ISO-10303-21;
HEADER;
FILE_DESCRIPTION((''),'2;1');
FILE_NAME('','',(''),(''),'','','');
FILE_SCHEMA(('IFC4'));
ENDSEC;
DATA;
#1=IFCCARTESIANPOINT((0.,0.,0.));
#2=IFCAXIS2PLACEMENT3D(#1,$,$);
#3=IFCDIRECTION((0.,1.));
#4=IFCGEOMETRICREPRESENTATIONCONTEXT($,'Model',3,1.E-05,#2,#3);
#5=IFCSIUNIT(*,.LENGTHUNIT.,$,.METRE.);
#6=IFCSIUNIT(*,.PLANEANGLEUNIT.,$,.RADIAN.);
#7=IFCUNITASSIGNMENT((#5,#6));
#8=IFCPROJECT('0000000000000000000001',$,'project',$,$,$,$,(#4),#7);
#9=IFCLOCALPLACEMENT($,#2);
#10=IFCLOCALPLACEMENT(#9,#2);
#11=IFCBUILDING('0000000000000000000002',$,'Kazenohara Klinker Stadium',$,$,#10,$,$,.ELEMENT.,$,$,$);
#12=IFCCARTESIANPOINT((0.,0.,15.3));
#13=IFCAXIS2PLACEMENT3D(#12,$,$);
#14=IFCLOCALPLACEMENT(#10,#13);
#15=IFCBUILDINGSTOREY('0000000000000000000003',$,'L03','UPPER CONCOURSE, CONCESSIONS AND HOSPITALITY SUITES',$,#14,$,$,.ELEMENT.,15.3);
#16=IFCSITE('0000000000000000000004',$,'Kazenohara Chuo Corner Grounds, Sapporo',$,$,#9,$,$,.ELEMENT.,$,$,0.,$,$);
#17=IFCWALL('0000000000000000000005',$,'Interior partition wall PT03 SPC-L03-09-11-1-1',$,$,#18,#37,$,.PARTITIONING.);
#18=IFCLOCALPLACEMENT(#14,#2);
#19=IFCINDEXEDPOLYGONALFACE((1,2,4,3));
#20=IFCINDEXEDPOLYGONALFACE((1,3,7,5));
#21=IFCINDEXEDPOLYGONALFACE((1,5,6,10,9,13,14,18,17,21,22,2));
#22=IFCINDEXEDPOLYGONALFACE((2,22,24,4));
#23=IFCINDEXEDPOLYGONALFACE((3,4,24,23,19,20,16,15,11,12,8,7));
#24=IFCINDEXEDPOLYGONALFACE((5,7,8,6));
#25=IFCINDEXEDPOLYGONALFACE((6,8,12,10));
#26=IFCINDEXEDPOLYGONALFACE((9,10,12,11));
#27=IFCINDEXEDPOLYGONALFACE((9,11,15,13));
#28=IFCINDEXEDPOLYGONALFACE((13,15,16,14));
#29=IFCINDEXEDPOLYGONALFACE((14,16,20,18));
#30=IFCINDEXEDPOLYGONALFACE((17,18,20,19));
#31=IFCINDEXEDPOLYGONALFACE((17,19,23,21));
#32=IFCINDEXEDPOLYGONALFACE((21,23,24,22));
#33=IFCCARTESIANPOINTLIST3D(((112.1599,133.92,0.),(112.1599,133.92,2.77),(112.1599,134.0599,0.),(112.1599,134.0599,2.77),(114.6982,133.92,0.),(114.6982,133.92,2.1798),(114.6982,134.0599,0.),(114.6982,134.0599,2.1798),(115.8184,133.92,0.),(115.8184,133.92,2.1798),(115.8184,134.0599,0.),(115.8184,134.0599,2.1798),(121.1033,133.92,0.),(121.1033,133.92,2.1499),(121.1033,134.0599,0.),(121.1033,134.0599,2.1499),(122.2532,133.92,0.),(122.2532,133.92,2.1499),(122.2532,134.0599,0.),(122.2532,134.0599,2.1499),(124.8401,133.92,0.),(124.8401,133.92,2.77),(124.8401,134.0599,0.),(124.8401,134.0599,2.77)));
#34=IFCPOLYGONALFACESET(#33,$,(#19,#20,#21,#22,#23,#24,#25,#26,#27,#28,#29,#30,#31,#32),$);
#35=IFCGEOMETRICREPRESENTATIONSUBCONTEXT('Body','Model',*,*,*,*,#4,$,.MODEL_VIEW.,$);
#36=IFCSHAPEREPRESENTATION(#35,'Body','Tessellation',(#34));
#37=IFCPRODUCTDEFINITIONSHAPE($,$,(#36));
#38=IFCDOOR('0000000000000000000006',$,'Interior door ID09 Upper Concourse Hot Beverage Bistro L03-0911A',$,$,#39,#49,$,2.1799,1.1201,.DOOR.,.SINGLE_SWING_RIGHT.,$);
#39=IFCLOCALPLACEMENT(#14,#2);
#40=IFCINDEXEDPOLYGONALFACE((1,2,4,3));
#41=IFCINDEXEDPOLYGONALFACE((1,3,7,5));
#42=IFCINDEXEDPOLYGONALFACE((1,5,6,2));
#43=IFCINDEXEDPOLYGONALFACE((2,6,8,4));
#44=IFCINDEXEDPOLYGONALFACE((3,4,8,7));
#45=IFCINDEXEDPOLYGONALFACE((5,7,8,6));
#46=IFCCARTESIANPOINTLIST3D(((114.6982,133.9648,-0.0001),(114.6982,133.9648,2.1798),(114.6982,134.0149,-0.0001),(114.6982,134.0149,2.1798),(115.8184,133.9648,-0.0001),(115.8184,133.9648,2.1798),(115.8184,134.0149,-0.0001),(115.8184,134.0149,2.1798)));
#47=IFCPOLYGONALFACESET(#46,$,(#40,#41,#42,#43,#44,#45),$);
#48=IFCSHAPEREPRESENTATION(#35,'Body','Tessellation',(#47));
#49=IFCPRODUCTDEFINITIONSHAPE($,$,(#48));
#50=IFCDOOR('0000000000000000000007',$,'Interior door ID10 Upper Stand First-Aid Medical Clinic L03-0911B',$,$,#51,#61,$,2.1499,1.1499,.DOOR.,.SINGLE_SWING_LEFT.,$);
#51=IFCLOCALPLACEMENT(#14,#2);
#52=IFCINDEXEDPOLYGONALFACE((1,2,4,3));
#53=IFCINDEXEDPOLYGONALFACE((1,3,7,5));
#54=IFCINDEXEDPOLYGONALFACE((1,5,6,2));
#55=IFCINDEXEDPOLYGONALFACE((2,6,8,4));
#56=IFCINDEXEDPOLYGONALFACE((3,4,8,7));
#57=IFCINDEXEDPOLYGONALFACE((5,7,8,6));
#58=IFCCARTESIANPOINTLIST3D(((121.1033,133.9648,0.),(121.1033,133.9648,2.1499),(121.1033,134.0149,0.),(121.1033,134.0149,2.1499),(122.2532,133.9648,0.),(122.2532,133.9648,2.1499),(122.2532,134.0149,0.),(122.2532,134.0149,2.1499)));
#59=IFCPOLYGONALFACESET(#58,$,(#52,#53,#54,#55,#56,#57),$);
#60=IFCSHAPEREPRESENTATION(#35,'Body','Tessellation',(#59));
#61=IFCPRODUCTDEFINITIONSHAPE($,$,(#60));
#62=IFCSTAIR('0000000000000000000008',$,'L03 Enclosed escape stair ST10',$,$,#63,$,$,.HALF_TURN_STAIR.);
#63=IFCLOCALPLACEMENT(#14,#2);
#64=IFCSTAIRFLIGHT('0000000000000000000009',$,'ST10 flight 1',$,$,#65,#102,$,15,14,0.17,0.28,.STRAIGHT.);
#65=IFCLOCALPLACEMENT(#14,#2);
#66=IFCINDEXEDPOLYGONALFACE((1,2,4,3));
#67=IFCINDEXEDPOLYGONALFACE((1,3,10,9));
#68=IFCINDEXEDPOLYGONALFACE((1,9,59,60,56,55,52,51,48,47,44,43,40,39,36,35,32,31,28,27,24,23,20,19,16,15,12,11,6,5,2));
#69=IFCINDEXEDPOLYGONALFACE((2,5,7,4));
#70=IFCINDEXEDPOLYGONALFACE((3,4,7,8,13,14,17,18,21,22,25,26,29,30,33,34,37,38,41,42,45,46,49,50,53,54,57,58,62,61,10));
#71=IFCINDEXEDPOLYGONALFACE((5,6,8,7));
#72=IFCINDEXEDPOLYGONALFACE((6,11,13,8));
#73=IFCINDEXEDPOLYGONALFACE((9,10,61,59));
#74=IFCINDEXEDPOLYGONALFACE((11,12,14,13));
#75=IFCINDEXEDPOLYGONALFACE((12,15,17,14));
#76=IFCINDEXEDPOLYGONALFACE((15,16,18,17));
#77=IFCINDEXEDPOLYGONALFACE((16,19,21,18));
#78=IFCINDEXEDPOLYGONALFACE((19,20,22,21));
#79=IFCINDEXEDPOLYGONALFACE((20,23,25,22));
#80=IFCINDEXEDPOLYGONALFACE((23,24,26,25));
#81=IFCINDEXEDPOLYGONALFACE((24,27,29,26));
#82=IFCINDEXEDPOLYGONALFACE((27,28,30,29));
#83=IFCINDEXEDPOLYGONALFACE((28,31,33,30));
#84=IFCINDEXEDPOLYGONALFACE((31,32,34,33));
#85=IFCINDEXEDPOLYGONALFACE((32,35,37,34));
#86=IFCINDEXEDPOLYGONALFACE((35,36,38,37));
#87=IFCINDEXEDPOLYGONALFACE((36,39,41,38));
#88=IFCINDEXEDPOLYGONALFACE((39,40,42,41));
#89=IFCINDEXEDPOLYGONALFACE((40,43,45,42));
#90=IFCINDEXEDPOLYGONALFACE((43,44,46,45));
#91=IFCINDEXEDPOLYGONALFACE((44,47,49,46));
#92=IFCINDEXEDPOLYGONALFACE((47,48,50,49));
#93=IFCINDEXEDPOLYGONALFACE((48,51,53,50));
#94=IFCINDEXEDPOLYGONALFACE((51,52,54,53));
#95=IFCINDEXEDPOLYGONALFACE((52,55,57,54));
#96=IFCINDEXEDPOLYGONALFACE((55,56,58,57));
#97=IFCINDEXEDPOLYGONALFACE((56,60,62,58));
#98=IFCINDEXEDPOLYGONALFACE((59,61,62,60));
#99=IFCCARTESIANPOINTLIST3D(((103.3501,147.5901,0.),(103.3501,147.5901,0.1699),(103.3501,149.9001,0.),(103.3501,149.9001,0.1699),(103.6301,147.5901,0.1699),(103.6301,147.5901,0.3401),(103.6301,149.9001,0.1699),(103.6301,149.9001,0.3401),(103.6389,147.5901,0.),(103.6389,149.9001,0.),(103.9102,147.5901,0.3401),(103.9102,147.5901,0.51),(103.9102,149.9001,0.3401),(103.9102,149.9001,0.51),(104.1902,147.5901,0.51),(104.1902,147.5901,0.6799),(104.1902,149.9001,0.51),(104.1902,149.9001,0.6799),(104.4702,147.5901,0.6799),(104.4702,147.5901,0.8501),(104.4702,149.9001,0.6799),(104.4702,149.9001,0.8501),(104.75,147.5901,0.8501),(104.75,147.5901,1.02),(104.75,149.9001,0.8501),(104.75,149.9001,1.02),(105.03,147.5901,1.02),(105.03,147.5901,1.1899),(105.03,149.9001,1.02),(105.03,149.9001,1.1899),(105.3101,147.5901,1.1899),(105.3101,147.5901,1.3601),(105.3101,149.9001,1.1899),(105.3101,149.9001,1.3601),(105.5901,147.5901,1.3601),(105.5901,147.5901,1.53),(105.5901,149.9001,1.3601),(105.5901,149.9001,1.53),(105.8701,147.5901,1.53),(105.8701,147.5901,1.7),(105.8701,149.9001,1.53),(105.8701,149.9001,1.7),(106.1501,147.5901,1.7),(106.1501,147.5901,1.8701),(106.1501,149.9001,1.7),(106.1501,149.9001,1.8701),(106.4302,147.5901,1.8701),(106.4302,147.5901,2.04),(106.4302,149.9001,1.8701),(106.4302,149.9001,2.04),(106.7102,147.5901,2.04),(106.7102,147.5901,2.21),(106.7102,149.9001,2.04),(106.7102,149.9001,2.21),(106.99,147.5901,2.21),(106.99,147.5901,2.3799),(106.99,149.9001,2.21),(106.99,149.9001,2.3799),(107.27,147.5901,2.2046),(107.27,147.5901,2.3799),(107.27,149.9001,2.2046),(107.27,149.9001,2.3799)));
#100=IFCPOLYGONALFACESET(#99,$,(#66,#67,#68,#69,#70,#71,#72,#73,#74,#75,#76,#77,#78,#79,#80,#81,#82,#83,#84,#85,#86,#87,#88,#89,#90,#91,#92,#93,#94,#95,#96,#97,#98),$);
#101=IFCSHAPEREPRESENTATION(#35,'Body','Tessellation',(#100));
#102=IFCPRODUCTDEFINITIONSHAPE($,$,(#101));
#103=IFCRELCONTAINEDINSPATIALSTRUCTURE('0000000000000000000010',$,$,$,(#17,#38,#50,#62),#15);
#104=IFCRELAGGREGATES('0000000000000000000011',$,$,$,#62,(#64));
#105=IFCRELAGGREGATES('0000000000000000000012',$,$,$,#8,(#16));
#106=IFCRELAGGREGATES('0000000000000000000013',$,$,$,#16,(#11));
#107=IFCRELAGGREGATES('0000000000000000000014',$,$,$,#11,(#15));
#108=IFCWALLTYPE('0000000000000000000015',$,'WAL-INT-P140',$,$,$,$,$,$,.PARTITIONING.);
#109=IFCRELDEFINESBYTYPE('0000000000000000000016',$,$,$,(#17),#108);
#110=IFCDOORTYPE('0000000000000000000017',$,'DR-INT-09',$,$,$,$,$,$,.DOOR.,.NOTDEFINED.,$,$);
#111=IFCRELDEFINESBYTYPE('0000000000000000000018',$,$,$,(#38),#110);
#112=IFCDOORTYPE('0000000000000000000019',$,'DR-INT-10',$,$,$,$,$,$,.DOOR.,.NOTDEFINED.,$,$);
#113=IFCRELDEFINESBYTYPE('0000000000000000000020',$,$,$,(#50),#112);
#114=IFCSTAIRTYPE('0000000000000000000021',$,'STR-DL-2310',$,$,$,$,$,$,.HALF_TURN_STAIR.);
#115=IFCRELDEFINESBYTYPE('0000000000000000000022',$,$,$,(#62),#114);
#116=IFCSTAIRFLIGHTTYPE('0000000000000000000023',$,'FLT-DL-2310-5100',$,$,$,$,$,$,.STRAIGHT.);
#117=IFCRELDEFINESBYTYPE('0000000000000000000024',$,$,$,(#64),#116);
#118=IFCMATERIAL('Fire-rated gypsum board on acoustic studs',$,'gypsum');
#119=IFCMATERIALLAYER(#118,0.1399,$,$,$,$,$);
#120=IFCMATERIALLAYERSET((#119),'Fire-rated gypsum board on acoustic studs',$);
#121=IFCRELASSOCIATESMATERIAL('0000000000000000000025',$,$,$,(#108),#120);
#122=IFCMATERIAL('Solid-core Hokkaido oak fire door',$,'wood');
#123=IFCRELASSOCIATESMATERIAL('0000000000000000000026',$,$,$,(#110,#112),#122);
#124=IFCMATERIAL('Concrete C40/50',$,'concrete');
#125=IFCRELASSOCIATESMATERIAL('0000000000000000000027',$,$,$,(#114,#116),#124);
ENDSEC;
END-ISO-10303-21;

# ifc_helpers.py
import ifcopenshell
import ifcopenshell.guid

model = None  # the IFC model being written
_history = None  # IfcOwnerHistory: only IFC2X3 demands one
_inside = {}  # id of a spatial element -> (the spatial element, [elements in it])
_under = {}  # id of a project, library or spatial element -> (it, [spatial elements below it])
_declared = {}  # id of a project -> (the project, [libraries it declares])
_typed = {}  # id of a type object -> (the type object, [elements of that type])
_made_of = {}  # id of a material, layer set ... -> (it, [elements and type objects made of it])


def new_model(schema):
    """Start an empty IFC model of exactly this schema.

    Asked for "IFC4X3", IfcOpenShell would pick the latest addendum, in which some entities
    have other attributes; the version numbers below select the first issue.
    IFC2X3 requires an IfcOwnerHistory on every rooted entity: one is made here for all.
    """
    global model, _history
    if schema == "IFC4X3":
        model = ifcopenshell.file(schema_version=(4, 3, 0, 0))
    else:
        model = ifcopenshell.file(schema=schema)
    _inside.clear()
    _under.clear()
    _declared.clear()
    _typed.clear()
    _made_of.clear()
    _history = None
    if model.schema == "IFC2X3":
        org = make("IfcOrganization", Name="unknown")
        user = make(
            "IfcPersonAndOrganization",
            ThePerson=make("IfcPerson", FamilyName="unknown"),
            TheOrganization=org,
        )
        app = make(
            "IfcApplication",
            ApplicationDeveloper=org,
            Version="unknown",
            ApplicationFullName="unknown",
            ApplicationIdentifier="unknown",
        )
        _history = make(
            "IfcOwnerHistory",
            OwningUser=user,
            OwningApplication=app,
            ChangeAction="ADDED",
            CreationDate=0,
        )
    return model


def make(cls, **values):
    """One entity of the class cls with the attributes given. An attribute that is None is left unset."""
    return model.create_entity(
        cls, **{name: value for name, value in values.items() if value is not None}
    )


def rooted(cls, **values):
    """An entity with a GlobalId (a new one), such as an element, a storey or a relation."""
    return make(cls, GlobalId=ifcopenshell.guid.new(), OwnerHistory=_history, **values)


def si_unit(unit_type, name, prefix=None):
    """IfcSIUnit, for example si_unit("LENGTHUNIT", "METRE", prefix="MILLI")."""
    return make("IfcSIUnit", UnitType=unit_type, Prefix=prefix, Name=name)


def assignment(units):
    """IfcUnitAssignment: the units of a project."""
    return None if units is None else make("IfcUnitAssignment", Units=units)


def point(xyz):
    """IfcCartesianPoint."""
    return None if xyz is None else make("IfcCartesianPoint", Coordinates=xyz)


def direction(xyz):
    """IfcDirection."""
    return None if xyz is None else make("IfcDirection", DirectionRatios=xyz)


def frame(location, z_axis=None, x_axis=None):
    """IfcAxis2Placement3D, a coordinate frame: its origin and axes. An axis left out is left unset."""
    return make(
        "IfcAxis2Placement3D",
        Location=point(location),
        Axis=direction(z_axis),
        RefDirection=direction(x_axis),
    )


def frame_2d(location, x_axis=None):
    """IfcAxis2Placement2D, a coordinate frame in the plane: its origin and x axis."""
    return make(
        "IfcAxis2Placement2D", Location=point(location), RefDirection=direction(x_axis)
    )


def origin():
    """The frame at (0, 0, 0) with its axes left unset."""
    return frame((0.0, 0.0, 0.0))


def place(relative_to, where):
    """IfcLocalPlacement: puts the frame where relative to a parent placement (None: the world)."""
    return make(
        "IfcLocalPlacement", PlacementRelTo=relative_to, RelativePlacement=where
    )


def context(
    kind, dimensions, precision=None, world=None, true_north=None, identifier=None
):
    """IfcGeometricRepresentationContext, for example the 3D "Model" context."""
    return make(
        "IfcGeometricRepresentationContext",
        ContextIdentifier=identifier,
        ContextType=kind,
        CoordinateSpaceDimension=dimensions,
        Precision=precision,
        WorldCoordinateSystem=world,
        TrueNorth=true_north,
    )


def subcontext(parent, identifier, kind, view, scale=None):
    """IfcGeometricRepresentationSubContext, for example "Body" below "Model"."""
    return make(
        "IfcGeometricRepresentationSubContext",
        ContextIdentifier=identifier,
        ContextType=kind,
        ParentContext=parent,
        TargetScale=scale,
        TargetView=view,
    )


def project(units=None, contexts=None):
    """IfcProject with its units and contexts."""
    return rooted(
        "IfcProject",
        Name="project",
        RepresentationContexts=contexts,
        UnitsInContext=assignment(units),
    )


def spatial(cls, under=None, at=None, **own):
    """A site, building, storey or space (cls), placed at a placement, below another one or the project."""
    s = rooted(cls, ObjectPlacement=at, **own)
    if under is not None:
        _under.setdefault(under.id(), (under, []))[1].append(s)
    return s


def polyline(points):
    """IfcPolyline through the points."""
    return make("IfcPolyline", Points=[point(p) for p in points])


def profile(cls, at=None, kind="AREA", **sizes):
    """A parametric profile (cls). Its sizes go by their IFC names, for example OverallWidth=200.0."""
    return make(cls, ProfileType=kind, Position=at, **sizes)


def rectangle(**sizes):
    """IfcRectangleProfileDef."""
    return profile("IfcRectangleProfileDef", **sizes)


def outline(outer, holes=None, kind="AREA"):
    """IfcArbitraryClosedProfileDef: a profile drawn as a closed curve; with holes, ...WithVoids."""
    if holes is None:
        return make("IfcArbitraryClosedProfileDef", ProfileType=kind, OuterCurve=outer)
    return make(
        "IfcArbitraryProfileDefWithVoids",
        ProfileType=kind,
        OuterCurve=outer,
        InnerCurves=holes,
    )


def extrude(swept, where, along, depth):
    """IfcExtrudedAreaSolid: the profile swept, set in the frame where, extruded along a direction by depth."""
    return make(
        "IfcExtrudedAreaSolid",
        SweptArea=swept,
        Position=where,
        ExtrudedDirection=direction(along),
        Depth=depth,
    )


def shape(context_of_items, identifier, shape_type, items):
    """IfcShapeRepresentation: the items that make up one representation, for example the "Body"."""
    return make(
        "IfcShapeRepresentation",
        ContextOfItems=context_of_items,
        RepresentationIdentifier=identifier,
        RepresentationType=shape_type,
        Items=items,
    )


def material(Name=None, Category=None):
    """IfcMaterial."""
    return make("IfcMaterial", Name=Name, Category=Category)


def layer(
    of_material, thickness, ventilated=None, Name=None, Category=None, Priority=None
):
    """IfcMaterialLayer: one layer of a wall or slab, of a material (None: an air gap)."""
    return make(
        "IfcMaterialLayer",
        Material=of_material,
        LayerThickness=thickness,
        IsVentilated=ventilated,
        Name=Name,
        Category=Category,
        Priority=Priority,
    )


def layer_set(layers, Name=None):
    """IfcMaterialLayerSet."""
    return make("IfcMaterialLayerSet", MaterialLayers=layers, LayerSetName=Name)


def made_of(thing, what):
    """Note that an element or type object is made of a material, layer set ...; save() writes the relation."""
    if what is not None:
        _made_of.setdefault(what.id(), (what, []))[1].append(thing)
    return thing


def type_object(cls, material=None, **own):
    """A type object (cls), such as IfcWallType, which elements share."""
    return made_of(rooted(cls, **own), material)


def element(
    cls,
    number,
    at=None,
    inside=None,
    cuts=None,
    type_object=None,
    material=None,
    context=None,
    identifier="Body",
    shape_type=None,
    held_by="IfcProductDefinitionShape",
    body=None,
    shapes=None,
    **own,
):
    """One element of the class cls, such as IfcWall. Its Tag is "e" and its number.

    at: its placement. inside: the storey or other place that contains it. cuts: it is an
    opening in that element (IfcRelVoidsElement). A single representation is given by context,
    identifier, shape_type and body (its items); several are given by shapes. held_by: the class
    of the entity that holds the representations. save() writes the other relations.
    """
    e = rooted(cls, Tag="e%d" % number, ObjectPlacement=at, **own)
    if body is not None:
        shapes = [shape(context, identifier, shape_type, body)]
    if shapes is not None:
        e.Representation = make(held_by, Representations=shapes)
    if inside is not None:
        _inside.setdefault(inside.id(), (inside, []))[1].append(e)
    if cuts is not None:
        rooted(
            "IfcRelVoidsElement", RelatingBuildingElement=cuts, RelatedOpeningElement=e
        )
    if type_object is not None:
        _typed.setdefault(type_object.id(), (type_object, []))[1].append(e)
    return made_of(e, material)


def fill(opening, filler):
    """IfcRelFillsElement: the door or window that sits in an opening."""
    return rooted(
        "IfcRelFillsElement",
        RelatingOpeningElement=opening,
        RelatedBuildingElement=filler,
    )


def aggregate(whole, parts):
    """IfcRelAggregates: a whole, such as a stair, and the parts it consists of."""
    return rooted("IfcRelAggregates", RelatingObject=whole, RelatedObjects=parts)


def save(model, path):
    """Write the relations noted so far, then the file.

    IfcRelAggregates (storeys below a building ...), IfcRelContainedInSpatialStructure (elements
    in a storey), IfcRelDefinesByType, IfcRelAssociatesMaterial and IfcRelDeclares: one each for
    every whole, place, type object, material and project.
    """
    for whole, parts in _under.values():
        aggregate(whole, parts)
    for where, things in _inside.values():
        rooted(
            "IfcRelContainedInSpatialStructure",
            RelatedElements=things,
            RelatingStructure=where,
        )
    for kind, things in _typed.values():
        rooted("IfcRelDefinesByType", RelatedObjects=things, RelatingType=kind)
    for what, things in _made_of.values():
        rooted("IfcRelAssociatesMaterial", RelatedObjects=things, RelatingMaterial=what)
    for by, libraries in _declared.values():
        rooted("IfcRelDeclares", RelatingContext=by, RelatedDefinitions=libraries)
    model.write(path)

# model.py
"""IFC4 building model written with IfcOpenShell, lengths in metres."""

from ifc_helpers import new_model, si_unit, direction, frame, frame_2d, origin, place, context, subcontext, project, spatial, polyline, rectangle, outline, extrude, material, layer, layer_set, type_object, element, fill, aggregate, save


model = new_model("IFC4")

# Units and contexts
model_context = context("Model", 3, precision=1e-05, world=origin(), true_north=direction((0.0, 1.0)))
body_context = subcontext(model_context, "Body", "Model", "MODEL_VIEW")
ifc_project = project(units=[si_unit("LENGTHUNIT", "METRE"), si_unit("PLANEANGLEUNIT", "RADIAN")], contexts=[model_context])

# Site, building, storey
site_placement = place(None, origin())
site = spatial("IfcSite", under=ifc_project, at=site_placement, Name="Kazenohara Chuo Corner Grounds, Sapporo", CompositionType="ELEMENT", RefElevation=0.0)
building_placement = place(site_placement, origin())
building = spatial("IfcBuilding", under=site, at=building_placement, Name="Kazenohara Klinker Stadium", CompositionType="ELEMENT")
storey_placement = place(building_placement, frame((0.0, 0.0, 15.3)))
storey = spatial("IfcBuildingStorey", under=building, at=storey_placement, Name="L03", Description="UPPER CONCOURSE, CONCESSIONS AND HOSPITALITY SUITES", CompositionType="ELEMENT", Elevation=15.3)

# Shared definitions
ifc_material_1 = material(Name="Concrete C40/50", Category="concrete")

# Shared definitions
ifc_material_2 = material(Name="Fire-rated gypsum board on acoustic studs", Category="gypsum")
ifc_layer_1 = layer(ifc_material_2, 0.1399)
ifc_layer_set_1 = layer_set([ifc_layer_1], Name="Fire-rated gypsum board on acoustic studs")
wall_type_1 = type_object("IfcWallType", Name="WAL-INT-P140", PredefinedType="PARTITIONING", material=ifc_layer_set_1)

# Wall, openings, doors
wall_1_placement = place(storey_placement, frame((112.1599, 133.99, 0.0), z_axis=(0.0, 0.0, 1.0), x_axis=(1.0, 0.0, 0.0)))
wall_1 = element("IfcWall", 1, at=wall_1_placement, inside=storey, type_object=wall_type_1, Name="Interior partition wall PT03 SPC-L03-09-11-1-1", PredefinedType="PARTITIONING", context=body_context, shape_type="SweptSolid", body=[
    extrude(rectangle(XDim=12.6802, YDim=0.1399, at=frame_2d((6.3401, 0.0))), origin(), (0.0, 0.0, 1.0), 2.77),
])
opening_1_placement = place(wall_1_placement, frame((2.5383, 0.0, 0.0)))
opening_1 = element("IfcOpeningElement", 2, at=opening_1_placement, cuts=wall_1, PredefinedType="OPENING", context=body_context, shape_type="SweptSolid", body=[
    extrude(rectangle(XDim=1.1201, YDim=2.1799, at=frame_2d((0.5601, 1.0898))), frame((0.0, 0.0801, 0.0), z_axis=(0.0, -1.0, 0.0), x_axis=(1.0, 0.0, 0.0)), (0.0, 0.0, 1.0), 0.1599),
])
opening_2_placement = place(wall_1_placement, frame((8.9434, 0.0, 0.0)))
opening_2 = element("IfcOpeningElement", 3, at=opening_2_placement, cuts=wall_1, PredefinedType="OPENING", context=body_context, shape_type="SweptSolid", body=[
    extrude(rectangle(XDim=1.1499, YDim=2.1499, at=frame_2d((0.575, 1.075))), frame((0.0, 0.0801, 0.0), z_axis=(0.0, -1.0, 0.0), x_axis=(1.0, 0.0, 0.0)), (0.0, 0.0, 1.0), 0.1599),
])
ifc_material_3 = material(Name="Solid-core Hokkaido oak fire door", Category="wood")
door_type_1 = type_object("IfcDoorType", Name="DR-INT-09", OperationType="NOTDEFINED", PredefinedType="DOOR", material=ifc_material_3)
door_1_placement = place(opening_1_placement, origin())
door_1 = element("IfcDoor", 4, at=door_1_placement, inside=storey, type_object=door_type_1, Name="Interior door ID09 Upper Concourse Hot Beverage Bistro L03-0911A", OperationType="SINGLE_SWING_RIGHT", OverallHeight=2.1799, OverallWidth=1.1201, PredefinedType="DOOR", context=body_context, shape_type="SweptSolid", body=[
    extrude(rectangle(XDim=1.1201, YDim=2.1799, at=frame_2d((0.5601, 1.0898))), frame((0.0, 0.0249, 0.0), z_axis=(0.0, -1.0, 0.0), x_axis=(1.0, 0.0, 0.0)), (0.0, 0.0, 1.0), 0.05),
])
fill(opening_1, door_1)
door_type_2 = type_object("IfcDoorType", Name="DR-INT-10", OperationType="NOTDEFINED", PredefinedType="DOOR", material=ifc_material_3)
door_2_placement = place(opening_2_placement, origin())
door_2 = element("IfcDoor", 5, at=door_2_placement, inside=storey, type_object=door_type_2, Name="Interior door ID10 Upper Stand First-Aid Medical Clinic L03-0911B", OperationType="SINGLE_SWING_LEFT", OverallHeight=2.1499, OverallWidth=1.1499, PredefinedType="DOOR", context=body_context, shape_type="SweptSolid", body=[
    extrude(rectangle(XDim=1.1499, YDim=2.1499, at=frame_2d((0.575, 1.075))), frame((0.0, 0.0249, 0.0), z_axis=(0.0, -1.0, 0.0), x_axis=(1.0, 0.0, 0.0)), (0.0, 0.0, 1.0), 0.05),
])
fill(opening_2, door_2)

# Stair, stair flight
stair_type = type_object("IfcStairType", Name="STR-DL-2310", PredefinedType="HALF_TURN_STAIR", material=ifc_material_1)
stair_placement = place(storey_placement, origin())
stair = element("IfcStair", 6, at=stair_placement, inside=storey, type_object=stair_type, Name="L03 Enclosed escape stair ST10", PredefinedType="HALF_TURN_STAIR")
stair_flight_type = type_object("IfcStairFlightType", Name="FLT-DL-2310-5100", PredefinedType="STRAIGHT", material=ifc_material_1)
stair_flight_placement = place(storey_placement, frame((103.3501, 148.7451, 0.0), z_axis=(0.0, 0.0, 1.0), x_axis=(1.0, 0.0, 0.0)))
stair_flight = element("IfcStairFlight", 7, at=stair_flight_placement, type_object=stair_flight_type, Name="ST10 flight 1", NumberOfRisers=15, NumberOfTreads=14, PredefinedType="STRAIGHT", RiserHeight=0.17, TreadLength=0.28, context=body_context, shape_type="SweptSolid", body=[
    extrude(outline(polyline([(0.0, 0.0), (0.0, 0.1699), (0.28, 0.1699), (0.28, 0.3401), (0.5601, 0.3401), (0.5601, 0.51), (0.8401, 0.51), (0.8401, 0.6799), (1.1201, 0.6799), (1.1201, 0.8501), (1.3999, 0.8501), (1.3999, 1.02), (1.6799, 1.02), (1.6799, 1.1899), (1.96, 1.1899), (1.96, 1.3601), (2.24, 1.3601), (2.24, 1.53), (2.52, 1.53), (2.52, 1.7), (2.8, 1.7), (2.8, 1.8701), (3.0801, 1.8701), (3.0801, 2.04), (3.3601, 2.04), (3.3601, 2.21), (3.6399, 2.21), (3.6399, 2.3799), (3.9199, 2.3799), (3.9199, 2.55), (3.9199, 2.2046), (0.2888, 0.0), (0.0, 0.0)])), frame((0.0, 1.155, 0.0), z_axis=(0.0, -1.0, 0.0), x_axis=(1.0, 0.0, 0.0)), (0.0, 0.0, 1.0), 2.3101),
])
aggregate(stair, [stair_flight])

save(model, "model.ifc")
